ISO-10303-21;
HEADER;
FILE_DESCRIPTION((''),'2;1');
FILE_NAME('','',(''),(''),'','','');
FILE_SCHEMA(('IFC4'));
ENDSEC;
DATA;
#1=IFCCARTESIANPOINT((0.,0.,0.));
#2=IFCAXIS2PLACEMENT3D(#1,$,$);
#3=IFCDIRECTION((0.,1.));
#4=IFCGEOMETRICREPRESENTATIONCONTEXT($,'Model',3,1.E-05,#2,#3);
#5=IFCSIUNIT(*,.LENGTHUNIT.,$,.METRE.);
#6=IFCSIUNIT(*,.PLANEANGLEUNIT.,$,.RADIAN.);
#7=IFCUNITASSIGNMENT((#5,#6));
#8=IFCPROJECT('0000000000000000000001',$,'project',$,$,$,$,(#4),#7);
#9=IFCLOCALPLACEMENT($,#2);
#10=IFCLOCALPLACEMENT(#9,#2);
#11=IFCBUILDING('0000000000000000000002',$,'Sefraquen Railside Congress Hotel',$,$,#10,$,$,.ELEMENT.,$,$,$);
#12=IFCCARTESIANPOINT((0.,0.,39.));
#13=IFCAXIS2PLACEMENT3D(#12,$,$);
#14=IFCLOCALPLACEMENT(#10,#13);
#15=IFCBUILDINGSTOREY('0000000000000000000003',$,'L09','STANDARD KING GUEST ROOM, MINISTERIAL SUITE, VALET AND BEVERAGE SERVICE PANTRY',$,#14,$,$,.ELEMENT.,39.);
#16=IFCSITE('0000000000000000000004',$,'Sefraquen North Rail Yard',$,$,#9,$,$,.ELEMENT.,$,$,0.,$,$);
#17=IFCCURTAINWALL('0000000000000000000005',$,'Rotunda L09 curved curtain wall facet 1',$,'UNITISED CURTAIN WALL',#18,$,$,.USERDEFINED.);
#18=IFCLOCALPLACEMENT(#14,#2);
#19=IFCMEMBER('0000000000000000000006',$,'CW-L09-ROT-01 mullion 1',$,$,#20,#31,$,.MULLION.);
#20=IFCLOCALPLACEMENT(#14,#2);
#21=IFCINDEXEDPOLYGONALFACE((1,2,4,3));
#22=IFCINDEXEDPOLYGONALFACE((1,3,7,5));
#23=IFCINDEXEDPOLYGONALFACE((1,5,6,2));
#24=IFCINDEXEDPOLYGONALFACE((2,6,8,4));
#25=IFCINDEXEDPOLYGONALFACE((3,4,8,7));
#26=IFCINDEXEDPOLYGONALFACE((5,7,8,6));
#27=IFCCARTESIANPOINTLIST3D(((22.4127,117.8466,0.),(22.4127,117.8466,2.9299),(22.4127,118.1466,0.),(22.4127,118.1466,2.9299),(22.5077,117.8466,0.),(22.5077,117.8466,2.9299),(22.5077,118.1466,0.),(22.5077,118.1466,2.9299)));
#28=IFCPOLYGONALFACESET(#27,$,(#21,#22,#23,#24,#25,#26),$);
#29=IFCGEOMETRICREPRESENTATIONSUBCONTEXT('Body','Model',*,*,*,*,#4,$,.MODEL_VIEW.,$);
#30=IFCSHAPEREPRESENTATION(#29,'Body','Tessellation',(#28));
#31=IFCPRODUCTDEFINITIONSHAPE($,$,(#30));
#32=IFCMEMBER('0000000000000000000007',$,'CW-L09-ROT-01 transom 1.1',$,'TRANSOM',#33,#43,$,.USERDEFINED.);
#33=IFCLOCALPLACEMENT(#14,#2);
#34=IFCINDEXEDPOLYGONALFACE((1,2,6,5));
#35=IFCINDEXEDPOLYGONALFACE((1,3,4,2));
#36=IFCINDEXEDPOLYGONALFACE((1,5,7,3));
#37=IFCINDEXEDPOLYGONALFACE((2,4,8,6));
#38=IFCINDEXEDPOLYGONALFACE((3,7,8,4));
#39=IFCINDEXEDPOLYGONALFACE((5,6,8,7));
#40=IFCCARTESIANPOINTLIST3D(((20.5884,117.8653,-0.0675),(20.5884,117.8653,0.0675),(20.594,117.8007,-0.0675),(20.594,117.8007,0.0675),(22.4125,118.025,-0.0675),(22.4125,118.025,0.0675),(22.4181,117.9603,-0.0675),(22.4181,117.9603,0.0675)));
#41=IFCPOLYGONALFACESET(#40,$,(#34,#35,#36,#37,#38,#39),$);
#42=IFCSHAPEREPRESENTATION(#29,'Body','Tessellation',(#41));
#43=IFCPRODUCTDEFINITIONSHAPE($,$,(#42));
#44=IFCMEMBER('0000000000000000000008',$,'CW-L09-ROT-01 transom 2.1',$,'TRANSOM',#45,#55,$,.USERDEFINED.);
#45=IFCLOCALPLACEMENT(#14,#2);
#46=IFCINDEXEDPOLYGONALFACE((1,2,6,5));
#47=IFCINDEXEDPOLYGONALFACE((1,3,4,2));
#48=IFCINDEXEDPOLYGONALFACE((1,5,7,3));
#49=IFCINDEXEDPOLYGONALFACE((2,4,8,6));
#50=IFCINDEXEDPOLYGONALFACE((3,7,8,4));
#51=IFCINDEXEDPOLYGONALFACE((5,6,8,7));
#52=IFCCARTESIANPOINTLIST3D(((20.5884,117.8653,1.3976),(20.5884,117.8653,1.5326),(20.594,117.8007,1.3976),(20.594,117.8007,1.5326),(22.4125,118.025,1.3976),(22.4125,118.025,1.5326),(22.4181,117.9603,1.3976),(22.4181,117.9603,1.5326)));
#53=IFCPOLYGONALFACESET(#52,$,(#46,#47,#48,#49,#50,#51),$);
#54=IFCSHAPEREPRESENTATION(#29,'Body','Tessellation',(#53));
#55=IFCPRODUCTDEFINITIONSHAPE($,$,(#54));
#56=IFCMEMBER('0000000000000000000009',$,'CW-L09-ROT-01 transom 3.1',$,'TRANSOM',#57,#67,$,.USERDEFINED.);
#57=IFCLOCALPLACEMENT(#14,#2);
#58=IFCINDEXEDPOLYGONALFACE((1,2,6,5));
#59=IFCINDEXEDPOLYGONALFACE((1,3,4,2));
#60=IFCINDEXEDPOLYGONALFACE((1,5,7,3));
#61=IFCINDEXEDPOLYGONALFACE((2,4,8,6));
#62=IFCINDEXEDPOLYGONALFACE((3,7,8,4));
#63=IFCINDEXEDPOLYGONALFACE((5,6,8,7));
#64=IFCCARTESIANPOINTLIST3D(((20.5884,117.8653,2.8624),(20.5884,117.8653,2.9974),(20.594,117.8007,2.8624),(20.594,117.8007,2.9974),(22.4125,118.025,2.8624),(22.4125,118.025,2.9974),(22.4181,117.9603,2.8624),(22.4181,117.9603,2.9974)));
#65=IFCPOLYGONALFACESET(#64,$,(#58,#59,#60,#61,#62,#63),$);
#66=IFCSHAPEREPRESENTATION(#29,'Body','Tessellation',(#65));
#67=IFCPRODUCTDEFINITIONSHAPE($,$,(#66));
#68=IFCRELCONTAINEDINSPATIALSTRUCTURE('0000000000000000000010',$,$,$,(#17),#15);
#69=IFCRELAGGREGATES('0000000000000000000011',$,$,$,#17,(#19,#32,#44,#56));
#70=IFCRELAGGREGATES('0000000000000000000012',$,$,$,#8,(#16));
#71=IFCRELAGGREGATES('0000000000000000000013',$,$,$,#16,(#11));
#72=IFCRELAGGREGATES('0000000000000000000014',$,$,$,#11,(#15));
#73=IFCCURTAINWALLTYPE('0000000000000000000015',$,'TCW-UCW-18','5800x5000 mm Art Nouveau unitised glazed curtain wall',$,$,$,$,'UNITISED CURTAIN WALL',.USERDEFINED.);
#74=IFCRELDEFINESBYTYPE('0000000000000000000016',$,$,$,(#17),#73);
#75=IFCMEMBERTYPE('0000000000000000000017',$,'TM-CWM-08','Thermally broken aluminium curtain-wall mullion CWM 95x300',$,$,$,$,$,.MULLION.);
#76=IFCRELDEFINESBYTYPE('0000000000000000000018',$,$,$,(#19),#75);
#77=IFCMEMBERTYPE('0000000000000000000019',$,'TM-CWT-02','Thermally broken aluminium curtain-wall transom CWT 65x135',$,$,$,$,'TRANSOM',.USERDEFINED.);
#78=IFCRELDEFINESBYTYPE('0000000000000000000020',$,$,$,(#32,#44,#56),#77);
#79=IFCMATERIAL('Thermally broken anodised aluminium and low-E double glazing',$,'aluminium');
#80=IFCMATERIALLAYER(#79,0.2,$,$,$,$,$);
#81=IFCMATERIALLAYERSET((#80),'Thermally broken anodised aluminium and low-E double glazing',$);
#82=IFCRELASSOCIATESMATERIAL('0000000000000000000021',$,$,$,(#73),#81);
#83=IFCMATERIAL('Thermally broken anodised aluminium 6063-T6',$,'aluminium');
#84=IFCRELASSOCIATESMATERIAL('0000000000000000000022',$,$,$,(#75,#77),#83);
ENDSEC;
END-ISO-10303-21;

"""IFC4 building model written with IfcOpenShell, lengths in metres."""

from ifc_helpers import new_model, si_unit, direction, frame, origin, origin_2d, place, context, subcontext, project, spatial, rectangle, extrude, material, layer, layer_set, material_profile, profile_set, type_object, element, aggregate, save


model = new_model("IFC4")

# Units and contexts
model_context = context("Model", 3, precision=1e-05, world=origin(), true_north=direction((0.0, 1.0)))
body_context = subcontext(model_context, "Body", "Model", "MODEL_VIEW")
ifc_project = project(units=[si_unit("LENGTHUNIT", "METRE"), si_unit("PLANEANGLEUNIT", "RADIAN")], contexts=[model_context])

# Site, building, storey
site_placement = place(None, origin())
site = spatial("IfcSite", under=ifc_project, at=site_placement, Name="Sefraquen North Rail Yard", CompositionType="ELEMENT", RefElevation=0.0)
building_placement = place(site_placement, origin())
building = spatial("IfcBuilding", under=site, at=building_placement, Name="Sefraquen Railside Congress Hotel", CompositionType="ELEMENT")
storey_placement = place(building_placement, frame((0.0, 0.0, 39.0)))
storey = spatial("IfcBuildingStorey", under=building, at=storey_placement, Name="L09", Description="STANDARD KING GUEST ROOM, MINISTERIAL SUITE, VALET AND BEVERAGE SERVICE PANTRY", CompositionType="ELEMENT", Elevation=39.0)

# Curtain wall, members
ifc_material_1 = material(Name="Thermally broken anodised aluminium and low-E double glazing", Category="aluminium")
ifc_layer = layer(ifc_material_1, 0.2)
ifc_layer_set = layer_set([ifc_layer], Name="Thermally broken anodised aluminium and low-E double glazing")
curtain_wall_type = type_object("IfcCurtainWallType", Name="TCW-UCW-18", Description="5800x5000 mm Art Nouveau unitised glazed curtain wall", ElementType="UNITISED CURTAIN WALL", PredefinedType="USERDEFINED", material=ifc_layer_set)
curtain_wall_placement = place(storey_placement, origin())
curtain_wall = element("IfcCurtainWall", 1, at=curtain_wall_placement, inside=storey, type_object=curtain_wall_type, Name="Rotunda L09 curved curtain wall facet 1", ObjectType="UNITISED CURTAIN WALL", PredefinedType="USERDEFINED")
ifc_material_2 = material(Name="Thermally broken anodised aluminium 6063-T6", Category="aluminium")
ifc_material_profile_1 = material_profile(ifc_material_2, rectangle(XDim=0.095, YDim=0.3, at=origin_2d()), Name="CWM 95x300")
ifc_profile_set_1 = profile_set([ifc_material_profile_1], Name="Thermally broken anodised aluminium 6063-T6")
member_type_1 = type_object("IfcMemberType", Name="TM-CWM-08", Description="Thermally broken aluminium curtain-wall mullion CWM 95x300", PredefinedType="MULLION", material=ifc_profile_set_1)
member_1_placement = place(storey_placement, frame((22.4602, 117.9966, 0.0), z_axis=(0.0, 0.0, 1.0), x_axis=(1.0, 0.0, 0.0)))
member_1 = element("IfcMember", 2, at=member_1_placement, type_object=member_type_1, Name="CW-L09-ROT-01 mullion 1", PredefinedType="MULLION", context=body_context, shape_type="SweptSolid", body=[
    extrude(rectangle(XDim=0.095, YDim=0.3, at=origin_2d()), origin(), (0.0, 0.0, 1.0), 2.9299),
])
ifc_material_profile_2 = material_profile(ifc_material_2, rectangle(XDim=0.0649, YDim=0.135, at=origin_2d()), Name="CWT 65x135")
ifc_profile_set_2 = profile_set([ifc_material_profile_2], Name="Thermally broken anodised aluminium 6063-T6")
member_type_2 = type_object("IfcMemberType", Name="TM-CWT-02", Description="Thermally broken aluminium curtain-wall transom CWT 65x135", ElementType="TRANSOM", PredefinedType="USERDEFINED", material=ifc_profile_set_2)
member_2_placement = place(storey_placement, frame((22.4153, 117.9927, 0.0), z_axis=(-0.99619, -0.087205, 0.0), x_axis=(0.087205, -0.99619, 0.0)))
member_2 = element("IfcMember", 3, at=member_2_placement, type_object=member_type_2, Name="CW-L09-ROT-01 transom 1.1", ObjectType="TRANSOM", PredefinedType="USERDEFINED", context=body_context, shape_type="SweptSolid", body=[
    extrude(rectangle(XDim=0.0649, YDim=0.135, at=origin_2d()), origin(), (0.0, 0.0, 1.0), 1.8311),
])
member_3_placement = place(storey_placement, frame((22.4153, 117.9927, 1.4651), z_axis=(-0.99619, -0.087205, 0.0), x_axis=(0.087205, -0.99619, 0.0)))
member_3 = element("IfcMember", 4, at=member_3_placement, type_object=member_type_2, Name="CW-L09-ROT-01 transom 2.1", ObjectType="TRANSOM", PredefinedType="USERDEFINED", context=body_context, shape_type="SweptSolid", body=[
    extrude(rectangle(XDim=0.0649, YDim=0.135, at=origin_2d()), origin(), (0.0, 0.0, 1.0), 1.8311),
])
member_4_placement = place(storey_placement, frame((22.4153, 117.9927, 2.9299), z_axis=(-0.99619, -0.087205, 0.0), x_axis=(0.087205, -0.99619, 0.0)))
member_4 = element("IfcMember", 5, at=member_4_placement, type_object=member_type_2, Name="CW-L09-ROT-01 transom 3.1", ObjectType="TRANSOM", PredefinedType="USERDEFINED", context=body_context, shape_type="SweptSolid", body=[
    extrude(rectangle(XDim=0.0649, YDim=0.135, at=origin_2d()), origin(), (0.0, 0.0, 1.0), 1.8311),
])
aggregate(curtain_wall, [member_1, member_2, member_3, member_4])

save(model, "model.ifc")
